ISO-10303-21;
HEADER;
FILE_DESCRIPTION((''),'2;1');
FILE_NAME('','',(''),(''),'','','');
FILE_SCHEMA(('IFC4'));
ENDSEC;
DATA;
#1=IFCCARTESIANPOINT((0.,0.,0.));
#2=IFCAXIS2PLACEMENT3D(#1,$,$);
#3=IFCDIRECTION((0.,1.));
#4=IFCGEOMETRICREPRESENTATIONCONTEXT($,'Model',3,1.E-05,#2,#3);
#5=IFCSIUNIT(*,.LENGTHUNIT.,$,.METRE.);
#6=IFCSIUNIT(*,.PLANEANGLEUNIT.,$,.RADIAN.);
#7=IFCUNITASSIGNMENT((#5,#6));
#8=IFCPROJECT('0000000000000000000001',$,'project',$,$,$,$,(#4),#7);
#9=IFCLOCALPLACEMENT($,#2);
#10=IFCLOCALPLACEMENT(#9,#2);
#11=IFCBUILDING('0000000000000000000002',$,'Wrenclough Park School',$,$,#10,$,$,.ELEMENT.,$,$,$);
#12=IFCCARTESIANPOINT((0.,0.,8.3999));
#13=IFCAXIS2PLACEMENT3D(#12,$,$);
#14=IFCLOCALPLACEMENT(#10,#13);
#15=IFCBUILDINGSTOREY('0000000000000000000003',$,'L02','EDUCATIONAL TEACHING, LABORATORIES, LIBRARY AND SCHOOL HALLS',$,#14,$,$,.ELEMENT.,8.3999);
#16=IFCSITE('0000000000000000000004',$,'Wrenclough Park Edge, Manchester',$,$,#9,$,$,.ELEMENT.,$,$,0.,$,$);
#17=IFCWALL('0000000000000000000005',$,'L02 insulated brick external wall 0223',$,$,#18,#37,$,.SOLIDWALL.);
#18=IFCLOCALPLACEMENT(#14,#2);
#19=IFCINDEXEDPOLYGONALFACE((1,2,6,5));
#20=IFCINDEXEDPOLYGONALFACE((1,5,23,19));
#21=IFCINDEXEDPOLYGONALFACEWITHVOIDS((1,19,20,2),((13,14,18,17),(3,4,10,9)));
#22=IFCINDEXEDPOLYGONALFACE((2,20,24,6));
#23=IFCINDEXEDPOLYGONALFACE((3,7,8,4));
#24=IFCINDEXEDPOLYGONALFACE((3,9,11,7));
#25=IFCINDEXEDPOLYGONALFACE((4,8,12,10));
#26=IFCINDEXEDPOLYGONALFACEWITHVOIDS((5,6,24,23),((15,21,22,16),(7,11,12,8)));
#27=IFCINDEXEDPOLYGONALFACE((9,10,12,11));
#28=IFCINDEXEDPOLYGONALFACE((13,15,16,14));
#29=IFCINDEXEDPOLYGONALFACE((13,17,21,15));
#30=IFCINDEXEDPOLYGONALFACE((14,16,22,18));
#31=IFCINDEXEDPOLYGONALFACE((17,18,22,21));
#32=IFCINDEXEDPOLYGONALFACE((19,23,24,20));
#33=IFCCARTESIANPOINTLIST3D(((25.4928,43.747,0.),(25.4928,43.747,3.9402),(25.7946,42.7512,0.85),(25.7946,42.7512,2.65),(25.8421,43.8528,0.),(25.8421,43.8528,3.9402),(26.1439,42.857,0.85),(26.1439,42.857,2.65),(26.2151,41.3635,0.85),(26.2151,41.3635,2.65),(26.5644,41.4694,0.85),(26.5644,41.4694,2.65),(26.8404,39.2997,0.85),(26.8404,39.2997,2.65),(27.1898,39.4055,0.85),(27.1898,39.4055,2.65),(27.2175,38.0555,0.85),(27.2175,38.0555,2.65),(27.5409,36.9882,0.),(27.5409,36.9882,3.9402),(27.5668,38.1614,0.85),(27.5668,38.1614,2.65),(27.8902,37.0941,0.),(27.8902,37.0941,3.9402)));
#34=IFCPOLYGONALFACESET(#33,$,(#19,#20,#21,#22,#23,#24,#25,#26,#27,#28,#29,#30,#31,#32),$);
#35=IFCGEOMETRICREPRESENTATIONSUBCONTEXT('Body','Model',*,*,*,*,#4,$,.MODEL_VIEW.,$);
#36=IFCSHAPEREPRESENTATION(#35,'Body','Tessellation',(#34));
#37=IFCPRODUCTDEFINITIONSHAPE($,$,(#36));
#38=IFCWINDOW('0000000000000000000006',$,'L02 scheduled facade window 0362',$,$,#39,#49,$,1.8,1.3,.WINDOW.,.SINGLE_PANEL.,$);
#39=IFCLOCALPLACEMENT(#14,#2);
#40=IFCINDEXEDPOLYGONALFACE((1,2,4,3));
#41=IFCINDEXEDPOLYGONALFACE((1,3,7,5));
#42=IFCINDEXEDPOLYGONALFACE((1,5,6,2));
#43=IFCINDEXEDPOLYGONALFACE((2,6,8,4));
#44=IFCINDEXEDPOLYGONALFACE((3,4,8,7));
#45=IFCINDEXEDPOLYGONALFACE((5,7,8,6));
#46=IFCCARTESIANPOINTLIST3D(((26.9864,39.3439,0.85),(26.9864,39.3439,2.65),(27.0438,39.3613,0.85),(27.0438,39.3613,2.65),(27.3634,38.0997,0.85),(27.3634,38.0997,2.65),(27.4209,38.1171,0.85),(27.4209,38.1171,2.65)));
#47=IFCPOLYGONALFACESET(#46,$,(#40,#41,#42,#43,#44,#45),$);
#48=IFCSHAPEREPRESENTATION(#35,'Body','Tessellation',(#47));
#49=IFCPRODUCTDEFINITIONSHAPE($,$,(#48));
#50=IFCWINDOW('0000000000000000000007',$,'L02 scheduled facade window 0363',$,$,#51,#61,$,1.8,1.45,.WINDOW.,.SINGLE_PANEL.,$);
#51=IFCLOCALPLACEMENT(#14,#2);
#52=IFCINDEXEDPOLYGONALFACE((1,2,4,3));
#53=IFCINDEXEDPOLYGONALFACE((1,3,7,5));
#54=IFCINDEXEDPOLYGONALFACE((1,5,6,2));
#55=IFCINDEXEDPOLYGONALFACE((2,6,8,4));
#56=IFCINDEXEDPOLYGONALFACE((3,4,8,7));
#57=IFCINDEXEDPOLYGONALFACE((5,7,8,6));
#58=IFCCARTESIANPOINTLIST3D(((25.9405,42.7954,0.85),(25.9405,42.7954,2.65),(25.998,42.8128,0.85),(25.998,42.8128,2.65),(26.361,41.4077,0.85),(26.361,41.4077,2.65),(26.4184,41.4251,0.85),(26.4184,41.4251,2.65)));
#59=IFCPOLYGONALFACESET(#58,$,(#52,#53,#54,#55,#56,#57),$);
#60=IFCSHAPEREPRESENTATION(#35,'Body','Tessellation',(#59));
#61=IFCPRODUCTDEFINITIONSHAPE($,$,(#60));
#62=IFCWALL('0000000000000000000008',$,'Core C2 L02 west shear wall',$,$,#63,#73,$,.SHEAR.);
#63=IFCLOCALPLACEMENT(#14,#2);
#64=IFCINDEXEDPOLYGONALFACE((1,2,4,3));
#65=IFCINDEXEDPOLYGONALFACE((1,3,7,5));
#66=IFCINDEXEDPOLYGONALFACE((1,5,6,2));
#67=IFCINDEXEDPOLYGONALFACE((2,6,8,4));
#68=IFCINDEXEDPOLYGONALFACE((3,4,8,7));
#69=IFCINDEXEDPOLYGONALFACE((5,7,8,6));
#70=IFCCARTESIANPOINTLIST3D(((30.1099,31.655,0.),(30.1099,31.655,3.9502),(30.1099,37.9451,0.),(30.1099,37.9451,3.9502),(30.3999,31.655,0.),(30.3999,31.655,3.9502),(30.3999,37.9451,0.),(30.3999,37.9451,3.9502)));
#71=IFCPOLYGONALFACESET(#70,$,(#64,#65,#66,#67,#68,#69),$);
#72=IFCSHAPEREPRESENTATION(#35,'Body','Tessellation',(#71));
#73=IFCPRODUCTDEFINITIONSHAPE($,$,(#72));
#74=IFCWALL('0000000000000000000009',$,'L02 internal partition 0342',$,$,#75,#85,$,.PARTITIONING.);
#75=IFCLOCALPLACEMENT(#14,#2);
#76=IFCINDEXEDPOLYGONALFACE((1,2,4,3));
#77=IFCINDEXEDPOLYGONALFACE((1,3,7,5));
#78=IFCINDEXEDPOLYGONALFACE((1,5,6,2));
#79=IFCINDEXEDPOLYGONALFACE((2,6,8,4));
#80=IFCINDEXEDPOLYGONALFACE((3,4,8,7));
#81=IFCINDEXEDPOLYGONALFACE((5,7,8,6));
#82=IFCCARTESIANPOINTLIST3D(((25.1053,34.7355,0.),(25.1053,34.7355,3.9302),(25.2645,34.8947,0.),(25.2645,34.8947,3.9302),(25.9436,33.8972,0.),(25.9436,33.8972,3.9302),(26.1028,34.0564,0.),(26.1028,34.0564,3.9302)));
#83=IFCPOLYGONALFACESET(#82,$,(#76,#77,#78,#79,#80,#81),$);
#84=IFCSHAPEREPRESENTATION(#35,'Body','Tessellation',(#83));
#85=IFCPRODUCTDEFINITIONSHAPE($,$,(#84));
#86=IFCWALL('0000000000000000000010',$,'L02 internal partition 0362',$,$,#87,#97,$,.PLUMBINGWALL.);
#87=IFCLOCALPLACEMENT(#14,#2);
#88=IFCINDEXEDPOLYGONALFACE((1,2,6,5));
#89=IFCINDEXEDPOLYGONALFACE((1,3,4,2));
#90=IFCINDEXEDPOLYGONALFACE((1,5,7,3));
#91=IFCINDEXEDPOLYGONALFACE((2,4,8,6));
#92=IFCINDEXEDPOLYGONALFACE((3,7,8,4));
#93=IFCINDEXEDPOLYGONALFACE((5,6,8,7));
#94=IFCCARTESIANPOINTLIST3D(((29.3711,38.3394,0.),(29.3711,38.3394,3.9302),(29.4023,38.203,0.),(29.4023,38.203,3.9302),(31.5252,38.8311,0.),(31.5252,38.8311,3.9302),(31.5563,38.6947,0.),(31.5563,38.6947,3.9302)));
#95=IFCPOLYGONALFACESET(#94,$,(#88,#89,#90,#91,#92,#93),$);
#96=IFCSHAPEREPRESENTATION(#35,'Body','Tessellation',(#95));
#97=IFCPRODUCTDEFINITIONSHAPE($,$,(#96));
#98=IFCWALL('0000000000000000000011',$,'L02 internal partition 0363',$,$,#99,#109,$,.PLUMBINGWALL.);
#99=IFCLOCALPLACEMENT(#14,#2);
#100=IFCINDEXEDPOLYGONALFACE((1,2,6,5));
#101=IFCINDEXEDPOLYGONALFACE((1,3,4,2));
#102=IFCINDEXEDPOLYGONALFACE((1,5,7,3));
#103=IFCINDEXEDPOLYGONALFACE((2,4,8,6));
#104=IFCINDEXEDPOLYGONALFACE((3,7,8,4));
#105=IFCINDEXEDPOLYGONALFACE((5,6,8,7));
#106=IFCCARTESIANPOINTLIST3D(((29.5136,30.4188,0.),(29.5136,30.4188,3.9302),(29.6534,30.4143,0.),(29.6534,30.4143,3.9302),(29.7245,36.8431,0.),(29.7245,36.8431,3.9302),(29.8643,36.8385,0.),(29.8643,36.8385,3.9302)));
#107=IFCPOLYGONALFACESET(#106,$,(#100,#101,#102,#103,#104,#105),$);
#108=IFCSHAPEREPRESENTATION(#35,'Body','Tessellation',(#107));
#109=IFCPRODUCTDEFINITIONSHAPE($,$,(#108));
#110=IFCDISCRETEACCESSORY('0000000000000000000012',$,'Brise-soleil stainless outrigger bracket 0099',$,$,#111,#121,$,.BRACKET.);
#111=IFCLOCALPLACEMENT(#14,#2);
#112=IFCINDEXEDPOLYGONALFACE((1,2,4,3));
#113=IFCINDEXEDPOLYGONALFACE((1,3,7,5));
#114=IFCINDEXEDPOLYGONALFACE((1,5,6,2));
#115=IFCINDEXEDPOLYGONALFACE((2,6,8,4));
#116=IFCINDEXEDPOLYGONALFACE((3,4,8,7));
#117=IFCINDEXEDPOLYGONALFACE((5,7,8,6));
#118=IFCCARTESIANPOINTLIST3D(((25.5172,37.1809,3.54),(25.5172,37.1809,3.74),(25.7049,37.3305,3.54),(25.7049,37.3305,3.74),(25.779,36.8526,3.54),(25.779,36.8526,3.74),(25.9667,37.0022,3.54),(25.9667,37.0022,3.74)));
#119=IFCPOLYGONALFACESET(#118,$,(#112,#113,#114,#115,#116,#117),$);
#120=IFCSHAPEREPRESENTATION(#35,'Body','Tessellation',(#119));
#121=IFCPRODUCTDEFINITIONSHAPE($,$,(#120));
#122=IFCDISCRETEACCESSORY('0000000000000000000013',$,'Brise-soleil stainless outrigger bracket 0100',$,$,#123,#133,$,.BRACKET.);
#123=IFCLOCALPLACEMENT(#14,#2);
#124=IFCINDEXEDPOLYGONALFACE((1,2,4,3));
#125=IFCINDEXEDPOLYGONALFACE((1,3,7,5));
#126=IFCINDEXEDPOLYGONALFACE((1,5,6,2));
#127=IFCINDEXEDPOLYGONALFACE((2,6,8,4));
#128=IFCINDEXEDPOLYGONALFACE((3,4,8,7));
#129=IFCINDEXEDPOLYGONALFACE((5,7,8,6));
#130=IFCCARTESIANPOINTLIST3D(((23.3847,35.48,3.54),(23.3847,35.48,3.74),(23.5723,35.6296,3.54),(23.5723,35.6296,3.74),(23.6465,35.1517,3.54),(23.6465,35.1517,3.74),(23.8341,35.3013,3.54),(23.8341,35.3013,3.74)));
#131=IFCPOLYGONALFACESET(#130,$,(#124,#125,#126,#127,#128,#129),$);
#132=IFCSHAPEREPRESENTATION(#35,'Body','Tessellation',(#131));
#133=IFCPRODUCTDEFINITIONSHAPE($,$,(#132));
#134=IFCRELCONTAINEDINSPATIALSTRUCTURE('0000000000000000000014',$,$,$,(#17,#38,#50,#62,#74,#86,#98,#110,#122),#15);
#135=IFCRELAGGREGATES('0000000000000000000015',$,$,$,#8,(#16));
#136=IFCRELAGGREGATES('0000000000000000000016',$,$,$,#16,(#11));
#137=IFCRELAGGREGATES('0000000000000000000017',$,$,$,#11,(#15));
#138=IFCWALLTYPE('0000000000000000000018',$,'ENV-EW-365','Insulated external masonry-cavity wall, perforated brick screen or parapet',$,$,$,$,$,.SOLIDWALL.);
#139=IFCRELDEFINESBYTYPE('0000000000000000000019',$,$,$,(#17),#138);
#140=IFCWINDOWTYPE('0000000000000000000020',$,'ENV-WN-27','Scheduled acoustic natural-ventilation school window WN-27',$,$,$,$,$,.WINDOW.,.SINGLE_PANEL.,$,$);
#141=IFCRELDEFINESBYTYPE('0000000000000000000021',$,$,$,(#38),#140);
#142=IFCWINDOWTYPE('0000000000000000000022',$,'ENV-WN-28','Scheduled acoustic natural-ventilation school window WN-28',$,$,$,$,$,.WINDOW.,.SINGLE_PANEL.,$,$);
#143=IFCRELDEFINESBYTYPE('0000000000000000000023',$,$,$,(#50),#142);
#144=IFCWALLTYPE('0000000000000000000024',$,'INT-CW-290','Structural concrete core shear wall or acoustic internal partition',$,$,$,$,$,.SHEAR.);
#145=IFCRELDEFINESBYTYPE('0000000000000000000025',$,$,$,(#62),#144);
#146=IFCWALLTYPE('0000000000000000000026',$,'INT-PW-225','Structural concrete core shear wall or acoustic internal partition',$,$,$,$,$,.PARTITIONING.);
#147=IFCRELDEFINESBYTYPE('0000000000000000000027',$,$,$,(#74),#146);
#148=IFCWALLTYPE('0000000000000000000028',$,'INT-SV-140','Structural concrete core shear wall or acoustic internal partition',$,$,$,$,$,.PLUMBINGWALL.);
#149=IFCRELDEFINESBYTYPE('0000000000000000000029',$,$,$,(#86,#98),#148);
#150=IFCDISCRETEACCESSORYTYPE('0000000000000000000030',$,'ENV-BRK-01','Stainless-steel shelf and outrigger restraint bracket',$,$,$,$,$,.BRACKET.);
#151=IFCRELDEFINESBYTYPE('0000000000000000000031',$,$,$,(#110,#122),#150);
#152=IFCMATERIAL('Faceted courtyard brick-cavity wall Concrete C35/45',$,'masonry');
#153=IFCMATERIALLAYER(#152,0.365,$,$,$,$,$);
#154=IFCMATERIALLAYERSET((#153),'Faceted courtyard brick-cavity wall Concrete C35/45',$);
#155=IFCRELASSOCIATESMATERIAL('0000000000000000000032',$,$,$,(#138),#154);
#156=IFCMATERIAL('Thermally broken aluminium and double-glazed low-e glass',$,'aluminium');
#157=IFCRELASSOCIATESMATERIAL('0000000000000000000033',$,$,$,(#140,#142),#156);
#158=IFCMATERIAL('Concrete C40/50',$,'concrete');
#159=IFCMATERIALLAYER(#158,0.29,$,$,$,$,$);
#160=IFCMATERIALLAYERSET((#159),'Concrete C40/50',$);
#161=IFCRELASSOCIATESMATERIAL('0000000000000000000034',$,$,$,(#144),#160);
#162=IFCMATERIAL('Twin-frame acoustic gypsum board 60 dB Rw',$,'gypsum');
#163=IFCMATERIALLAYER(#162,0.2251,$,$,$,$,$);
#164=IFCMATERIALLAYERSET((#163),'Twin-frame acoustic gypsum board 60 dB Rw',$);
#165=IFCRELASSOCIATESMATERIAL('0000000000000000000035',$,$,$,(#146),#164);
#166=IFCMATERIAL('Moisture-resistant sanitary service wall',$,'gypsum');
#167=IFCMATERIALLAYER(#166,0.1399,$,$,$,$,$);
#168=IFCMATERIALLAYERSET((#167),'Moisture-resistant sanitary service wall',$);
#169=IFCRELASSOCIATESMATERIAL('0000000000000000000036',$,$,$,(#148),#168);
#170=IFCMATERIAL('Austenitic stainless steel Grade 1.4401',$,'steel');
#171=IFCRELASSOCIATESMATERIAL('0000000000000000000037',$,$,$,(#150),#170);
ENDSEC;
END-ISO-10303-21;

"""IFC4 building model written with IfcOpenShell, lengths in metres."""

from ifc_helpers import new_model, si_unit, direction, frame, frame_2d, origin, origin_2d, place, context, subcontext, project, spatial, rectangle, extrude, material, layer, layer_set, type_object, element, fill, save


model = new_model("IFC4")

# Units and contexts
model_context = context("Model", 3, precision=1e-05, world=origin(), true_north=direction((0.0, 1.0)))
body_context = subcontext(model_context, "Body", "Model", "MODEL_VIEW")
ifc_project = project(units=[si_unit("LENGTHUNIT", "METRE"), si_unit("PLANEANGLEUNIT", "RADIAN")], contexts=[model_context])

# Site, building, storey
site_placement = place(None, origin())
site = spatial("IfcSite", under=ifc_project, at=site_placement, Name="Wrenclough Park Edge, Manchester", CompositionType="ELEMENT", RefElevation=0.0)
building_placement = place(site_placement, origin())
building = spatial("IfcBuilding", under=site, at=building_placement, Name="Wrenclough Park School", CompositionType="ELEMENT")
storey_placement = place(building_placement, frame((0.0, 0.0, 8.3999)))
storey = spatial("IfcBuildingStorey", under=building, at=storey_placement, Name="L02", Description="EDUCATIONAL TEACHING, LABORATORIES, LIBRARY AND SCHOOL HALLS", CompositionType="ELEMENT", Elevation=8.3999)

# Shared definitions
ifc_material_1 = material(Name="Concrete C40/50", Category="concrete")

# Shared definitions
ifc_material_2 = material(Name="Thermally broken aluminium and double-glazed low-e glass", Category="aluminium")

# Wall, openings, windows
ifc_material_3 = material(Name="Faceted courtyard brick-cavity wall Concrete C35/45", Category="masonry")
ifc_layer_1 = layer(ifc_material_3, 0.365)
ifc_layer_set_1 = layer_set([ifc_layer_1], Name="Faceted courtyard brick-cavity wall Concrete C35/45")
wall_type_1 = type_object("IfcWallType", Name="ENV-EW-365", Description="Insulated external masonry-cavity wall, perforated brick screen or parapet", PredefinedType="SOLIDWALL", material=ifc_layer_set_1)
wall_1_placement = place(storey_placement, frame((27.7156, 37.041, 0.0), z_axis=(0.0, 0.0, 1.0), x_axis=(-0.290005, 0.957025, 0.0)))
wall_1 = element("IfcWall", 1, at=wall_1_placement, inside=storey, type_object=wall_type_1, Name="L02 insulated brick external wall 0223", PredefinedType="SOLIDWALL", context=body_context, shape_type="SweptSolid", body=[
    extrude(rectangle(XDim=7.0623, YDim=0.365, at=frame_2d((3.5312, 0.0))), origin(), (0.0, 0.0, 1.0), 3.9402),
])
opening_1_placement = place(wall_1_placement, frame((1.1155, 0.0, 0.8501)))
opening_1 = element("IfcOpeningElement", 2, at=opening_1_placement, cuts=wall_1, PredefinedType="OPENING", context=body_context, shape_type="SweptSolid", body=[
    extrude(rectangle(XDim=1.3, YDim=1.8, at=frame_2d((0.6499, 0.8999))), frame((0.0, 0.1924, 0.0), z_axis=(0.0, -1.0, 0.0), x_axis=(1.0, 0.0, 0.0)), (0.0, 0.0, 1.0), 0.385),
])
opening_2_placement = place(wall_1_placement, frame((4.5718, 0.0, 0.8501)))
opening_2 = element("IfcOpeningElement", 3, at=opening_2_placement, cuts=wall_1, PredefinedType="OPENING", context=body_context, shape_type="SweptSolid", body=[
    extrude(rectangle(XDim=1.45, YDim=1.8, at=frame_2d((0.7251, 0.8999))), frame((0.0, 0.1924, 0.0), z_axis=(0.0, -1.0, 0.0), x_axis=(1.0, 0.0, 0.0)), (0.0, 0.0, 1.0), 0.385),
])
window_type_1 = type_object("IfcWindowType", Name="ENV-WN-27", Description="Scheduled acoustic natural-ventilation school window WN-27", PartitioningType="SINGLE_PANEL", PredefinedType="WINDOW", material=ifc_material_2)
window_1_placement = place(opening_1_placement, origin())
window_1 = element("IfcWindow", 4, at=window_1_placement, inside=storey, type_object=window_type_1, Name="L02 scheduled facade window 0362", OverallHeight=1.8, OverallWidth=1.3, PartitioningType="SINGLE_PANEL", PredefinedType="WINDOW", context=body_context, shape_type="SweptSolid", body=[
    extrude(rectangle(XDim=1.3, YDim=1.8, at=frame_2d((0.6499, 0.8999))), frame((0.0, 0.03, 0.0), z_axis=(0.0, -1.0, 0.0), x_axis=(1.0, 0.0, 0.0)), (0.0, 0.0, 1.0), 0.0601),
])
fill(opening_1, window_1)
window_type_2 = type_object("IfcWindowType", Name="ENV-WN-28", Description="Scheduled acoustic natural-ventilation school window WN-28", PartitioningType="SINGLE_PANEL", PredefinedType="WINDOW", material=ifc_material_2)
window_2_placement = place(opening_2_placement, origin())
window_2 = element("IfcWindow", 5, at=window_2_placement, inside=storey, type_object=window_type_2, Name="L02 scheduled facade window 0363", OverallHeight=1.8, OverallWidth=1.45, PartitioningType="SINGLE_PANEL", PredefinedType="WINDOW", context=body_context, shape_type="SweptSolid", body=[
    extrude(rectangle(XDim=1.45, YDim=1.8, at=frame_2d((0.7251, 0.8999))), frame((0.0, 0.03, 0.0), z_axis=(0.0, -1.0, 0.0), x_axis=(1.0, 0.0, 0.0)), (0.0, 0.0, 1.0), 0.0601),
])
fill(opening_2, window_2)

# Walls
ifc_layer_2 = layer(ifc_material_1, 0.29)
ifc_layer_set_2 = layer_set([ifc_layer_2], Name="Concrete C40/50")
wall_type_2 = type_object("IfcWallType", Name="INT-CW-290", Description="Structural concrete core shear wall or acoustic internal partition", PredefinedType="SHEAR", material=ifc_layer_set_2)
wall_2_placement = place(storey_placement, frame((30.2549, 37.9451, 0.0), z_axis=(0.0, 0.0, 1.0), x_axis=(0.0, -1.0, 0.0)))
element("IfcWall", 6, at=wall_2_placement, inside=storey, type_object=wall_type_2, Name="Core C2 L02 west shear wall", PredefinedType="SHEAR", context=body_context, shape_type="SweptSolid", body=[
    extrude(rectangle(XDim=6.29, YDim=0.29, at=frame_2d((3.145, 0.0))), origin(), (0.0, 0.0, 1.0), 3.9502),
])
ifc_material_4 = material(Name="Twin-frame acoustic gypsum board 60 dB Rw", Category="gypsum")
ifc_layer_3 = layer(ifc_material_4, 0.2251)
ifc_layer_set_3 = layer_set([ifc_layer_3], Name="Twin-frame acoustic gypsum board 60 dB Rw")
wall_type_3 = type_object("IfcWallType", Name="INT-PW-225", Description="Structural concrete core shear wall or acoustic internal partition", PredefinedType="PARTITIONING", material=ifc_layer_set_3)
wall_3_placement = place(storey_placement, frame((26.0232, 33.9768, 0.0), z_axis=(0.0, 0.0, 1.0), x_axis=(-0.707107, 0.707107, 0.0)))
element("IfcWall", 7, at=wall_3_placement, inside=storey, type_object=wall_type_3, Name="L02 internal partition 0342", PredefinedType="PARTITIONING", context=body_context, shape_type="SweptSolid", body=[
    extrude(rectangle(XDim=1.1855, YDim=0.2251, at=frame_2d((0.5928, 0.0))), origin(), (0.0, 0.0, 1.0), 3.9302),
])
ifc_material_5 = material(Name="Moisture-resistant sanitary service wall", Category="gypsum")
ifc_layer_4 = layer(ifc_material_5, 0.1399)
ifc_layer_set_4 = layer_set([ifc_layer_4], Name="Moisture-resistant sanitary service wall")
wall_type_4 = type_object("IfcWallType", Name="INT-SV-140", Description="Structural concrete core shear wall or acoustic internal partition", PredefinedType="PLUMBINGWALL", material=ifc_layer_set_4)
wall_4_placement = place(storey_placement, frame((31.5408, 38.7629, 0.0), z_axis=(0.0, 0.0, 1.0), x_axis=(-0.974923, -0.222543, 0.0)))
element("IfcWall", 8, at=wall_4_placement, inside=storey, type_object=wall_type_4, Name="L02 internal partition 0362", PredefinedType="PLUMBINGWALL", context=body_context, shape_type="SweptSolid", body=[
    extrude(rectangle(XDim=2.2095, YDim=0.1399, at=frame_2d((1.1047, 0.0))), origin(), (0.0, 0.0, 1.0), 3.9302),
])
wall_5_placement = place(storey_placement, frame((29.7944, 36.8408, 0.0), z_axis=(0.0, 0.0, 1.0), x_axis=(-0.032817, -0.999461, 0.0)))
element("IfcWall", 9, at=wall_5_placement, inside=storey, type_object=wall_type_4, Name="L02 internal partition 0363", PredefinedType="PLUMBINGWALL", context=body_context, shape_type="SweptSolid", body=[
    extrude(rectangle(XDim=6.4277, YDim=0.1399, at=frame_2d((3.2139, 0.0))), origin(), (0.0, 0.0, 1.0), 3.9302),
])

# Discrete accessories
ifc_material_6 = material(Name="Austenitic stainless steel Grade 1.4401", Category="steel")
discrete_accessory_type = type_object("IfcDiscreteAccessoryType", Name="ENV-BRK-01", Description="Stainless-steel shelf and outrigger restraint bracket", PredefinedType="BRACKET", material=ifc_material_6)
for number, where, z_axis, x_axis, name in (
    (10, (25.7419, 37.0916, 3.54), (0.0, 0.0, 1.0), (-0.781831, -0.62349, 0.0), "Brise-soleil stainless outrigger bracket 0099"),
    (11, (23.6094, 35.3906, 3.54), (0.0, 0.0, 1.0), (-0.781831, -0.62349, 0.0), "Brise-soleil stainless outrigger bracket 0100"),
):
    element("IfcDiscreteAccessory", number, at=place(storey_placement, frame(where, z_axis=z_axis, x_axis=x_axis)), inside=storey, type_object=discrete_accessory_type, Name=name, PredefinedType="BRACKET", context=body_context, shape_type="SweptSolid", body=[
        extrude(rectangle(XDim=0.24, YDim=0.4199, at=origin_2d()), origin(), (0.0, 0.0, 1.0), 0.2),
    ])

save(model, "model.ifc")
